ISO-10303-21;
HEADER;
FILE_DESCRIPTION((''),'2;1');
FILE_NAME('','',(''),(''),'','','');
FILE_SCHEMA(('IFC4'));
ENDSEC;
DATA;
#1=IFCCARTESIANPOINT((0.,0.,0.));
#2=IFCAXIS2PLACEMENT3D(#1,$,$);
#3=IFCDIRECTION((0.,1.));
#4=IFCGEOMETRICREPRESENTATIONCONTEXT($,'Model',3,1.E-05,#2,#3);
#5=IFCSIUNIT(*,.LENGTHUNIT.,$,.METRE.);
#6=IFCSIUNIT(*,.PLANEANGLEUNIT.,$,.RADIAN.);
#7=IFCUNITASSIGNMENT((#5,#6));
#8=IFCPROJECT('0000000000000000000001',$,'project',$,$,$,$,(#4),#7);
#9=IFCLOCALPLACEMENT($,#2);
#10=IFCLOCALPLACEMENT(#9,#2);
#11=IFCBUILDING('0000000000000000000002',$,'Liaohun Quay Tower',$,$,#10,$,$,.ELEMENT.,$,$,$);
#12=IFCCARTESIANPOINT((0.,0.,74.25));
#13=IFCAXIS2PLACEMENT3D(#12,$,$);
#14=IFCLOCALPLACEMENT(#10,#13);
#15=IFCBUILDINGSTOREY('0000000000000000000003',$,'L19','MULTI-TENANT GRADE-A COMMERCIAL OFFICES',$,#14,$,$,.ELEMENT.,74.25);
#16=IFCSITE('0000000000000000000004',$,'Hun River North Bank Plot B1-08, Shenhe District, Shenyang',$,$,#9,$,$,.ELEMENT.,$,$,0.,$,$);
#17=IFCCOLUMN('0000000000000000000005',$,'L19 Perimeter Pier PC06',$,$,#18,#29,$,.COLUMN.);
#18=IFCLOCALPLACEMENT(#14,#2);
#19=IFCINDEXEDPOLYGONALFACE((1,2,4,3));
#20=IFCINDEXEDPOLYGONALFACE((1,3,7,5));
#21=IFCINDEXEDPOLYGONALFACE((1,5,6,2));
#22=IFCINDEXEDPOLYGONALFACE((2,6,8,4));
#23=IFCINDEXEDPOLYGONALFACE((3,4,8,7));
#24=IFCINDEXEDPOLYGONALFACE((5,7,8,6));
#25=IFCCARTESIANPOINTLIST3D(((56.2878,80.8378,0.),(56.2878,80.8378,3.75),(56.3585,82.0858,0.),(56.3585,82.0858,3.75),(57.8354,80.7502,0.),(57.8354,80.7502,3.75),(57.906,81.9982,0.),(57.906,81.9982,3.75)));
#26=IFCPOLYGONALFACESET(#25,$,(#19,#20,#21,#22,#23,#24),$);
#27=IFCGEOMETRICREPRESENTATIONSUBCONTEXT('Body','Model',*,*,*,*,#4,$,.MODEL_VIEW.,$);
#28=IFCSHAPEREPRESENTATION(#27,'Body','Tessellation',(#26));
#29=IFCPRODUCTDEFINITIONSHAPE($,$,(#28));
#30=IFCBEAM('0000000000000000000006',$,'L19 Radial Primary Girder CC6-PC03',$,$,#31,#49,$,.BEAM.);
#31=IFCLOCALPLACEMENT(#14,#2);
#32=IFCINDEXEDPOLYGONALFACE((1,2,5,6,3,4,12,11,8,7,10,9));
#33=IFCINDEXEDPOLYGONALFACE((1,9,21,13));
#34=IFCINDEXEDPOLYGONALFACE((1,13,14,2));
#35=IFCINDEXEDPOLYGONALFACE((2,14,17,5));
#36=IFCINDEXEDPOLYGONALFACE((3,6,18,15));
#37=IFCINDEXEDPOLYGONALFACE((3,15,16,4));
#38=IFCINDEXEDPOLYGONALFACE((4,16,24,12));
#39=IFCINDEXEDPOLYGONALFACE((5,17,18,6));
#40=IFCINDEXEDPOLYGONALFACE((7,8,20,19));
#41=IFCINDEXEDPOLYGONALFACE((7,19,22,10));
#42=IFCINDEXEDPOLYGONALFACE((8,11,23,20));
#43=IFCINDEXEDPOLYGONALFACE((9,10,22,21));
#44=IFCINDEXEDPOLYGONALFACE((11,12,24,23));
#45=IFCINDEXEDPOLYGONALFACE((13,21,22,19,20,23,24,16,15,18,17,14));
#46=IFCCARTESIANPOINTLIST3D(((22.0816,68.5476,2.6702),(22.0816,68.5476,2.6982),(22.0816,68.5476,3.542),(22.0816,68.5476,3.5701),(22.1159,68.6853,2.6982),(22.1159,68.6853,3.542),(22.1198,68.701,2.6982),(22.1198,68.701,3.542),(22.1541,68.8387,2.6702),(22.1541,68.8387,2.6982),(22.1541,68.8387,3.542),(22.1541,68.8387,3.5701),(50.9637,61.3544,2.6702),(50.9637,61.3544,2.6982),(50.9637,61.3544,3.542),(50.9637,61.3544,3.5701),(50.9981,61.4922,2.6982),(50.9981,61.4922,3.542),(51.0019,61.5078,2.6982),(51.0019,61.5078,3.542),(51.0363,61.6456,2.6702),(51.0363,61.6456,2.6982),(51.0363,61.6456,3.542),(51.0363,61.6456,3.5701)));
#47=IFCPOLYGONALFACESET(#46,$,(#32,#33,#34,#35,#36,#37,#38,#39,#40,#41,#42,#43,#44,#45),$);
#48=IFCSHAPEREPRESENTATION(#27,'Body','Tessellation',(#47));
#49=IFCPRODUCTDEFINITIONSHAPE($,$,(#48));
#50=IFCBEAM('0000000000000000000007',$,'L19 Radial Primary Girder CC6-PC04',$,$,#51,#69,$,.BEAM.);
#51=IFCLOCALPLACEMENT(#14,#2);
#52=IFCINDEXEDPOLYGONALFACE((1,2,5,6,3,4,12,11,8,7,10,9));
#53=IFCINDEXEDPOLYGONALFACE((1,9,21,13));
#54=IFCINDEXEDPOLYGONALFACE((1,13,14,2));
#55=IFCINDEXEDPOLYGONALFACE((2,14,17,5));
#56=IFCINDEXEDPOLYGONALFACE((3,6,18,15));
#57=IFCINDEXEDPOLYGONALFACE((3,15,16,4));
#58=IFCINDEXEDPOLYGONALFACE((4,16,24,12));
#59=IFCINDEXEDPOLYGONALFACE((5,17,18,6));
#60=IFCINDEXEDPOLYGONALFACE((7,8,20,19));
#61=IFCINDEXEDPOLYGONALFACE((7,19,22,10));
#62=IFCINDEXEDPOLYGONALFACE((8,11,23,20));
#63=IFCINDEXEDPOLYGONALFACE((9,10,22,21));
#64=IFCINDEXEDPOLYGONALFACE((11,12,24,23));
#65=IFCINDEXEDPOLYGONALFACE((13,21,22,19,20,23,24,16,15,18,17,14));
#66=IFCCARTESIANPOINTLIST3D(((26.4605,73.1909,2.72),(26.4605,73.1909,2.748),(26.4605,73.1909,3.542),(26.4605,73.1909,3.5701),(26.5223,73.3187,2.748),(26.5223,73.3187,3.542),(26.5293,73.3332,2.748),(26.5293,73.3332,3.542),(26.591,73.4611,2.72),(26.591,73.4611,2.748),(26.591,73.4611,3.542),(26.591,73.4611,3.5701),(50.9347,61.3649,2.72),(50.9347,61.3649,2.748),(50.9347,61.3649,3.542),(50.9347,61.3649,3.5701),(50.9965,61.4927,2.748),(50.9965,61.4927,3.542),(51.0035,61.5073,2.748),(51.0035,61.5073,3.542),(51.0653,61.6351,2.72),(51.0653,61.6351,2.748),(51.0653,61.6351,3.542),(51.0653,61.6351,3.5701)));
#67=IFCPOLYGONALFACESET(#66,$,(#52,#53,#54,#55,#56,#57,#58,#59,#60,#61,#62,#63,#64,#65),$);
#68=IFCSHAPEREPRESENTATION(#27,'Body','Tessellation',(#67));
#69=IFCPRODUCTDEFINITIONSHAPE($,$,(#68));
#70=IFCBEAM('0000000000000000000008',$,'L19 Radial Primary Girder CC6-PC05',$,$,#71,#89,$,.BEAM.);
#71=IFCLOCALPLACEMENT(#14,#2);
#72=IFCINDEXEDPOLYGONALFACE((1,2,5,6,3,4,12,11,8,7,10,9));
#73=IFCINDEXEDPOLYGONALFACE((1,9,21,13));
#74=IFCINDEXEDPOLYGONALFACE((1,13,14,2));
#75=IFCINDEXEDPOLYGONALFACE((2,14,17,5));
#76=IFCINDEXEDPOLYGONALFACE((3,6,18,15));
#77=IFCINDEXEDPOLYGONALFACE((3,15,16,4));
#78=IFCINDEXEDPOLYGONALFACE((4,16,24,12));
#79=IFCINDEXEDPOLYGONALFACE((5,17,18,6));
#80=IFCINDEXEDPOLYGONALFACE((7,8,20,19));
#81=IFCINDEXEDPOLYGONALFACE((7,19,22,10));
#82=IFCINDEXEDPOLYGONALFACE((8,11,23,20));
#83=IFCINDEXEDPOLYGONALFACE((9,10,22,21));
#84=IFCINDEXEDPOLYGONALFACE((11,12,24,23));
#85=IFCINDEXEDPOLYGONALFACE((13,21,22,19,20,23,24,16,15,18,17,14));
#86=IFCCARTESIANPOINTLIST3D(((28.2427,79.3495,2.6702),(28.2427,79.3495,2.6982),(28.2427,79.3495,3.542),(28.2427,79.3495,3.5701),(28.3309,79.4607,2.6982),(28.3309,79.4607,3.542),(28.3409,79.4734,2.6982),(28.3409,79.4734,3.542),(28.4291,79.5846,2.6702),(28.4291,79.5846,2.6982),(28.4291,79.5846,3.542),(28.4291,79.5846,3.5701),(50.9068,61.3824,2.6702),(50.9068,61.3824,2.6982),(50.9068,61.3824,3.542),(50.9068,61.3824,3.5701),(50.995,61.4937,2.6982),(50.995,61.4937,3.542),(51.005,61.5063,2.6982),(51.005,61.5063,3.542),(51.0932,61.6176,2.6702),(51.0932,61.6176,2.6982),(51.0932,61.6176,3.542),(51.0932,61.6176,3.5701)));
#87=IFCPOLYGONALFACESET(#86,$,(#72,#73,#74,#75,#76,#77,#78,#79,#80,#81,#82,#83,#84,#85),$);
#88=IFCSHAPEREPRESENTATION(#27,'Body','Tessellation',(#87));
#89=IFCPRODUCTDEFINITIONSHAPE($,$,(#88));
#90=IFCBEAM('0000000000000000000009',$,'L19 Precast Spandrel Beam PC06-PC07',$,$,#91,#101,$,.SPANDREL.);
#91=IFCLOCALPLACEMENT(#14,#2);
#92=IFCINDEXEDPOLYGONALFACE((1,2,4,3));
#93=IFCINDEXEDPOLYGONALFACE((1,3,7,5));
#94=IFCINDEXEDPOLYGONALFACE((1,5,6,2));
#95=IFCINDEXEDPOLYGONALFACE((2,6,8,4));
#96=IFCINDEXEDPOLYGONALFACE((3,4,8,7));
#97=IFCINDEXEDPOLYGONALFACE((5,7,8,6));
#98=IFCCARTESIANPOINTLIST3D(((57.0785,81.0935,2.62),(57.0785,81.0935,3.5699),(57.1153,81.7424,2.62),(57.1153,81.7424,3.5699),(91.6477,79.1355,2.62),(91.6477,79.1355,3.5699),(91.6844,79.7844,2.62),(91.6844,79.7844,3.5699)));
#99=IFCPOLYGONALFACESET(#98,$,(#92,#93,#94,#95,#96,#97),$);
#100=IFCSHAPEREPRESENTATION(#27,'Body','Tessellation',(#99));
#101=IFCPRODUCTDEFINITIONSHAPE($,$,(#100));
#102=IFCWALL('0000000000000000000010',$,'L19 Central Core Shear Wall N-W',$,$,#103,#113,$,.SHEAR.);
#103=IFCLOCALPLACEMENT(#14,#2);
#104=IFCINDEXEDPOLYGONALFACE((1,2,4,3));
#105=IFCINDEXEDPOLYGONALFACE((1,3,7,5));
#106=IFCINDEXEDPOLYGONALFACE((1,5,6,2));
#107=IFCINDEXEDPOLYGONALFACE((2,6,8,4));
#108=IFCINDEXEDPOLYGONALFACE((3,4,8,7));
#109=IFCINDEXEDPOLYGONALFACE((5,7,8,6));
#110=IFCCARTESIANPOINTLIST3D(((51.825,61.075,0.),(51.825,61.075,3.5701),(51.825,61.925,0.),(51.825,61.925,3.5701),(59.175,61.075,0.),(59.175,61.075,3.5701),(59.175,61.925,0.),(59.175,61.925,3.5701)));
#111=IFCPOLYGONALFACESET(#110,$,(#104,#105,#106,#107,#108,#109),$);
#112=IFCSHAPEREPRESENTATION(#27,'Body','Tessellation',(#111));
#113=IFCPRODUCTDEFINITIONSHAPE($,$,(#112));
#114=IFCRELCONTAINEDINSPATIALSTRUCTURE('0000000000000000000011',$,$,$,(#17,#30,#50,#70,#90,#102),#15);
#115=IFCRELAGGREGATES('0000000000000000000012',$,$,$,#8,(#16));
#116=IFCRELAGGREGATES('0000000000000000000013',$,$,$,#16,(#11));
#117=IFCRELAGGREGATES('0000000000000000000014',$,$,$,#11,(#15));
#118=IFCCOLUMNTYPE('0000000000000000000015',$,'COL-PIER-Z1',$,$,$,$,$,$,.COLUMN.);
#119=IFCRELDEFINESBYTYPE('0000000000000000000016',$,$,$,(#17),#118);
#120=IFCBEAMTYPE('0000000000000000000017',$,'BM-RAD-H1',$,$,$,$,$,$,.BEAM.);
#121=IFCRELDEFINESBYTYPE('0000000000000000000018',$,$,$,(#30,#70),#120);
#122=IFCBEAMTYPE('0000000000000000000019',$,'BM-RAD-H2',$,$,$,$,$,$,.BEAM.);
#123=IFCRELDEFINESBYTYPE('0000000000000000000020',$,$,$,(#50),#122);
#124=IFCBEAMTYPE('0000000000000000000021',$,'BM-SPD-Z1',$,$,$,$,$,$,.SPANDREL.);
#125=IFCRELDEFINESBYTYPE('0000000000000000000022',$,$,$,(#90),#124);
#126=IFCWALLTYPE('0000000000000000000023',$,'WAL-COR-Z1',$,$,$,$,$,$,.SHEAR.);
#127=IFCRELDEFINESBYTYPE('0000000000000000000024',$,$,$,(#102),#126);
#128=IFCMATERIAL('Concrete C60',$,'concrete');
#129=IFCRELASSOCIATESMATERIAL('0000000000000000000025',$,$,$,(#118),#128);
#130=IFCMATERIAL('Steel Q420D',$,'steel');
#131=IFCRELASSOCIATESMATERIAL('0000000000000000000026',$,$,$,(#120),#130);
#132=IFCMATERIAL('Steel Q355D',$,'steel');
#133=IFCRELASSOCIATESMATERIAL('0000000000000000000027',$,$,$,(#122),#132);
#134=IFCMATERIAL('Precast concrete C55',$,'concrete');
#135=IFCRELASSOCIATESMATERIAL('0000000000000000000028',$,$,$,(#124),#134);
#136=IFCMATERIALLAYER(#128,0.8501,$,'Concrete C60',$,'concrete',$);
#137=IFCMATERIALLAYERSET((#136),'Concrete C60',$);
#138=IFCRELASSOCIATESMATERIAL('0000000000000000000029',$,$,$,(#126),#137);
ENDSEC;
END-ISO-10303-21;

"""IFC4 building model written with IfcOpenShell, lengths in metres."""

from ifc_helpers import new_model, si_unit, direction, frame, frame_2d, origin, origin_2d, place, context, subcontext, project, spatial, rectangle, i_section, extrude, source, transform, mapped, material, layer, layer_set, material_profile, profile_set, type_object, element, save


model = new_model("IFC4")

# Units and contexts
model_context = context("Model", 3, precision=1e-05, world=origin(), true_north=direction((0.0, 1.0)))
body_context = subcontext(model_context, "Body", "Model", "MODEL_VIEW")
ifc_project = project(units=[si_unit("LENGTHUNIT", "METRE"), si_unit("PLANEANGLEUNIT", "RADIAN")], contexts=[model_context])

# Site, building, storey
site_placement = place(None, origin())
site = spatial("IfcSite", under=ifc_project, at=site_placement, Name="Hun River North Bank Plot B1-08, Shenhe District, Shenyang", CompositionType="ELEMENT", RefElevation=0.0)
building_placement = place(site_placement, origin())
building = spatial("IfcBuilding", under=site, at=building_placement, Name="Liaohun Quay Tower", CompositionType="ELEMENT")
storey_placement = place(building_placement, frame((0.0, 0.0, 74.25)))
storey = spatial("IfcBuildingStorey", under=building, at=storey_placement, Name="L19", Description="MULTI-TENANT GRADE-A COMMERCIAL OFFICES", CompositionType="ELEMENT", Elevation=74.25)

# Column
ifc_material_1 = material(Name="Concrete C60", Category="concrete")
ifc_material_profile_1 = material_profile(ifc_material_1, rectangle(XDim=1.55, YDim=1.25, at=origin_2d()), Name="RC1550x1250")
ifc_profile_set_1 = profile_set([ifc_material_profile_1], Name="Concrete C60")
column_type = type_object("IfcColumnType", Name="COL-PIER-Z1", PredefinedType="COLUMN", material=ifc_profile_set_1)
shared_shape_1 = source(origin(), body_context, "Body", "SweptSolid", [
    extrude(rectangle(XDim=1.55, YDim=1.25, at=origin_2d()), origin(), (0.0, 0.0, 1.0), 3.75),
])
column_placement = place(storey_placement, frame((57.0969, 81.418, 0.0), z_axis=(0.0, 0.0, 1.0), x_axis=(-0.998402, 0.056519, 0.0)))
element("IfcColumn", 1, at=column_placement, inside=storey, type_object=column_type, Name="L19 Perimeter Pier PC06", PredefinedType="COLUMN", context=body_context, shape_type="MappedRepresentation", body=[
    mapped(shared_shape_1, transform((0.0, 0.0, 0.0), x_axis=(1.0, 0.0, 0.0), y_axis=(0.0, 1.0, 0.0), z_axis=(0.0, 0.0, 1.0), scale=1.0)),
])

# Beams
ifc_material_2 = material(Name="Steel Q420D", Category="steel")
ifc_material_profile_2 = material_profile(ifc_material_2, i_section(OverallWidth=0.3, OverallDepth=0.8999, WebThickness=0.0161, FlangeThickness=0.0281, at=origin_2d()), Name="HN900x300x16x28")
ifc_profile_set_2 = profile_set([ifc_material_profile_2], Name="Steel Q420D")
beam_type_1 = type_object("IfcBeamType", Name="BM-RAD-H1", PredefinedType="BEAM", material=ifc_profile_set_2)
shared_shape_2 = source(origin(), body_context, "Body", "SweptSolid", [
    extrude(i_section(OverallWidth=0.3, OverallDepth=0.8999, WebThickness=0.0161, FlangeThickness=0.0281, at=origin_2d()), origin(), (0.0, 0.0, 1.0), 29.7644),
])
beam_1_placement = place(storey_placement, frame((51.0, 61.5, 3.1201), z_axis=(-0.970359, 0.241669, 0.0), x_axis=(-0.241669, -0.970359, 0.0)))
element("IfcBeam", 2, at=beam_1_placement, inside=storey, type_object=beam_type_1, Name="L19 Radial Primary Girder CC6-PC03", PredefinedType="BEAM", context=body_context, shape_type="MappedRepresentation", body=[
    mapped(shared_shape_2, transform((0.0, 0.0, 0.0), x_axis=(1.0, 0.0, 0.0), y_axis=(0.0, 1.0, 0.0), z_axis=(0.0, 0.0, 1.0), scale=1.0)),
])
ifc_material_3 = material(Name="Steel Q355D", Category="steel")
ifc_material_profile_3 = material_profile(ifc_material_3, i_section(OverallWidth=0.3, OverallDepth=0.8501, WebThickness=0.0161, FlangeThickness=0.0281, at=origin_2d()), Name="HN850x300x16x28")
ifc_profile_set_3 = profile_set([ifc_material_profile_3], Name="Steel Q355D")
beam_type_2 = type_object("IfcBeamType", Name="BM-RAD-H2", PredefinedType="BEAM", material=ifc_profile_set_3)
shared_shape_3 = source(origin(), body_context, "Body", "SweptSolid", [
    extrude(i_section(OverallWidth=0.3, OverallDepth=0.8501, WebThickness=0.0161, FlangeThickness=0.0281, at=origin_2d()), origin(), (0.0, 0.0, 1.0), 27.1816),
])
beam_2_placement = place(storey_placement, frame((51.0, 61.5, 3.145), z_axis=(-0.900396, 0.435072, 0.0), x_axis=(-0.435072, -0.900396, 0.0)))
element("IfcBeam", 3, at=beam_2_placement, inside=storey, type_object=beam_type_2, Name="L19 Radial Primary Girder CC6-PC04", PredefinedType="BEAM", context=body_context, shape_type="MappedRepresentation", body=[
    mapped(shared_shape_3, transform((0.0, 0.0, 0.0), x_axis=(1.0, 0.0, 0.0), y_axis=(0.0, 1.0, 0.0), z_axis=(0.0, 0.0, 1.0), scale=1.0)),
])
shared_shape_4 = source(origin(), body_context, "Body", "SweptSolid", [
    extrude(i_section(OverallWidth=0.3, OverallDepth=0.8999, WebThickness=0.0161, FlangeThickness=0.0281, at=origin_2d()), origin(), (0.0, 0.0, 1.0), 28.9219),
])
beam_3_placement = place(storey_placement, frame((51.0, 61.5, 3.1201), z_axis=(-0.783631, 0.621227, 0.0), x_axis=(-0.621227, -0.783631, 0.0)))
element("IfcBeam", 4, at=beam_3_placement, inside=storey, type_object=beam_type_1, Name="L19 Radial Primary Girder CC6-PC05", PredefinedType="BEAM", context=body_context, shape_type="MappedRepresentation", body=[
    mapped(shared_shape_4, transform((0.0, 0.0, 0.0), x_axis=(1.0, 0.0, 0.0), y_axis=(0.0, 1.0, 0.0), z_axis=(0.0, 0.0, 1.0), scale=1.0)),
])
ifc_material_4 = material(Name="Precast concrete C55", Category="concrete")
ifc_material_profile_4 = material_profile(ifc_material_4, rectangle(XDim=0.6499, YDim=0.95, at=origin_2d()), Name="RC650x950")
ifc_profile_set_4 = profile_set([ifc_material_profile_4], Name="Precast concrete C55")
beam_type_3 = type_object("IfcBeamType", Name="BM-SPD-Z1", PredefinedType="SPANDREL", material=ifc_profile_set_4)
shared_shape_5 = source(origin(), body_context, "Body", "SweptSolid", [
    extrude(rectangle(XDim=0.6499, YDim=0.95, at=origin_2d()), origin(), (0.0, 0.0, 1.0), 34.6245),
])
beam_4_placement = place(storey_placement, frame((57.0969, 81.418, 3.095), z_axis=(0.9984, -0.05655, 0.0), x_axis=(0.05655, 0.9984, 0.0)))
element("IfcBeam", 5, at=beam_4_placement, inside=storey, type_object=beam_type_3, Name="L19 Precast Spandrel Beam PC06-PC07", PredefinedType="SPANDREL", context=body_context, shape_type="MappedRepresentation", body=[
    mapped(shared_shape_5, transform((0.0, 0.0, 0.0), x_axis=(1.0, 0.0, 0.0), y_axis=(0.0, 1.0, 0.0), z_axis=(0.0, 0.0, 1.0), scale=1.0)),
])

# Wall
ifc_layer_1 = layer(ifc_material_1, 0.8501, Name="Concrete C60", Category="concrete")
ifc_layer_set_1 = layer_set([ifc_layer_1], Name="Concrete C60")
wall_type_1 = type_object("IfcWallType", Name="WAL-COR-Z1", PredefinedType="SHEAR", material=ifc_layer_set_1)
wall_1_placement = place(storey_placement, frame((51.825, 61.5, 0.0), z_axis=(0.0, 0.0, 1.0), x_axis=(1.0, 0.0, 0.0)))
element("IfcWall", 6, at=wall_1_placement, inside=storey, type_object=wall_type_1, Name="L19 Central Core Shear Wall N-W", PredefinedType="SHEAR", context=body_context, shape_type="SweptSolid", body=[
    extrude(rectangle(XDim=7.3501, YDim=0.8501, at=frame_2d((3.675, 0.0))), origin(), (0.0, 0.0, 1.0), 3.5701),
])

save(model, "model.ifc")
